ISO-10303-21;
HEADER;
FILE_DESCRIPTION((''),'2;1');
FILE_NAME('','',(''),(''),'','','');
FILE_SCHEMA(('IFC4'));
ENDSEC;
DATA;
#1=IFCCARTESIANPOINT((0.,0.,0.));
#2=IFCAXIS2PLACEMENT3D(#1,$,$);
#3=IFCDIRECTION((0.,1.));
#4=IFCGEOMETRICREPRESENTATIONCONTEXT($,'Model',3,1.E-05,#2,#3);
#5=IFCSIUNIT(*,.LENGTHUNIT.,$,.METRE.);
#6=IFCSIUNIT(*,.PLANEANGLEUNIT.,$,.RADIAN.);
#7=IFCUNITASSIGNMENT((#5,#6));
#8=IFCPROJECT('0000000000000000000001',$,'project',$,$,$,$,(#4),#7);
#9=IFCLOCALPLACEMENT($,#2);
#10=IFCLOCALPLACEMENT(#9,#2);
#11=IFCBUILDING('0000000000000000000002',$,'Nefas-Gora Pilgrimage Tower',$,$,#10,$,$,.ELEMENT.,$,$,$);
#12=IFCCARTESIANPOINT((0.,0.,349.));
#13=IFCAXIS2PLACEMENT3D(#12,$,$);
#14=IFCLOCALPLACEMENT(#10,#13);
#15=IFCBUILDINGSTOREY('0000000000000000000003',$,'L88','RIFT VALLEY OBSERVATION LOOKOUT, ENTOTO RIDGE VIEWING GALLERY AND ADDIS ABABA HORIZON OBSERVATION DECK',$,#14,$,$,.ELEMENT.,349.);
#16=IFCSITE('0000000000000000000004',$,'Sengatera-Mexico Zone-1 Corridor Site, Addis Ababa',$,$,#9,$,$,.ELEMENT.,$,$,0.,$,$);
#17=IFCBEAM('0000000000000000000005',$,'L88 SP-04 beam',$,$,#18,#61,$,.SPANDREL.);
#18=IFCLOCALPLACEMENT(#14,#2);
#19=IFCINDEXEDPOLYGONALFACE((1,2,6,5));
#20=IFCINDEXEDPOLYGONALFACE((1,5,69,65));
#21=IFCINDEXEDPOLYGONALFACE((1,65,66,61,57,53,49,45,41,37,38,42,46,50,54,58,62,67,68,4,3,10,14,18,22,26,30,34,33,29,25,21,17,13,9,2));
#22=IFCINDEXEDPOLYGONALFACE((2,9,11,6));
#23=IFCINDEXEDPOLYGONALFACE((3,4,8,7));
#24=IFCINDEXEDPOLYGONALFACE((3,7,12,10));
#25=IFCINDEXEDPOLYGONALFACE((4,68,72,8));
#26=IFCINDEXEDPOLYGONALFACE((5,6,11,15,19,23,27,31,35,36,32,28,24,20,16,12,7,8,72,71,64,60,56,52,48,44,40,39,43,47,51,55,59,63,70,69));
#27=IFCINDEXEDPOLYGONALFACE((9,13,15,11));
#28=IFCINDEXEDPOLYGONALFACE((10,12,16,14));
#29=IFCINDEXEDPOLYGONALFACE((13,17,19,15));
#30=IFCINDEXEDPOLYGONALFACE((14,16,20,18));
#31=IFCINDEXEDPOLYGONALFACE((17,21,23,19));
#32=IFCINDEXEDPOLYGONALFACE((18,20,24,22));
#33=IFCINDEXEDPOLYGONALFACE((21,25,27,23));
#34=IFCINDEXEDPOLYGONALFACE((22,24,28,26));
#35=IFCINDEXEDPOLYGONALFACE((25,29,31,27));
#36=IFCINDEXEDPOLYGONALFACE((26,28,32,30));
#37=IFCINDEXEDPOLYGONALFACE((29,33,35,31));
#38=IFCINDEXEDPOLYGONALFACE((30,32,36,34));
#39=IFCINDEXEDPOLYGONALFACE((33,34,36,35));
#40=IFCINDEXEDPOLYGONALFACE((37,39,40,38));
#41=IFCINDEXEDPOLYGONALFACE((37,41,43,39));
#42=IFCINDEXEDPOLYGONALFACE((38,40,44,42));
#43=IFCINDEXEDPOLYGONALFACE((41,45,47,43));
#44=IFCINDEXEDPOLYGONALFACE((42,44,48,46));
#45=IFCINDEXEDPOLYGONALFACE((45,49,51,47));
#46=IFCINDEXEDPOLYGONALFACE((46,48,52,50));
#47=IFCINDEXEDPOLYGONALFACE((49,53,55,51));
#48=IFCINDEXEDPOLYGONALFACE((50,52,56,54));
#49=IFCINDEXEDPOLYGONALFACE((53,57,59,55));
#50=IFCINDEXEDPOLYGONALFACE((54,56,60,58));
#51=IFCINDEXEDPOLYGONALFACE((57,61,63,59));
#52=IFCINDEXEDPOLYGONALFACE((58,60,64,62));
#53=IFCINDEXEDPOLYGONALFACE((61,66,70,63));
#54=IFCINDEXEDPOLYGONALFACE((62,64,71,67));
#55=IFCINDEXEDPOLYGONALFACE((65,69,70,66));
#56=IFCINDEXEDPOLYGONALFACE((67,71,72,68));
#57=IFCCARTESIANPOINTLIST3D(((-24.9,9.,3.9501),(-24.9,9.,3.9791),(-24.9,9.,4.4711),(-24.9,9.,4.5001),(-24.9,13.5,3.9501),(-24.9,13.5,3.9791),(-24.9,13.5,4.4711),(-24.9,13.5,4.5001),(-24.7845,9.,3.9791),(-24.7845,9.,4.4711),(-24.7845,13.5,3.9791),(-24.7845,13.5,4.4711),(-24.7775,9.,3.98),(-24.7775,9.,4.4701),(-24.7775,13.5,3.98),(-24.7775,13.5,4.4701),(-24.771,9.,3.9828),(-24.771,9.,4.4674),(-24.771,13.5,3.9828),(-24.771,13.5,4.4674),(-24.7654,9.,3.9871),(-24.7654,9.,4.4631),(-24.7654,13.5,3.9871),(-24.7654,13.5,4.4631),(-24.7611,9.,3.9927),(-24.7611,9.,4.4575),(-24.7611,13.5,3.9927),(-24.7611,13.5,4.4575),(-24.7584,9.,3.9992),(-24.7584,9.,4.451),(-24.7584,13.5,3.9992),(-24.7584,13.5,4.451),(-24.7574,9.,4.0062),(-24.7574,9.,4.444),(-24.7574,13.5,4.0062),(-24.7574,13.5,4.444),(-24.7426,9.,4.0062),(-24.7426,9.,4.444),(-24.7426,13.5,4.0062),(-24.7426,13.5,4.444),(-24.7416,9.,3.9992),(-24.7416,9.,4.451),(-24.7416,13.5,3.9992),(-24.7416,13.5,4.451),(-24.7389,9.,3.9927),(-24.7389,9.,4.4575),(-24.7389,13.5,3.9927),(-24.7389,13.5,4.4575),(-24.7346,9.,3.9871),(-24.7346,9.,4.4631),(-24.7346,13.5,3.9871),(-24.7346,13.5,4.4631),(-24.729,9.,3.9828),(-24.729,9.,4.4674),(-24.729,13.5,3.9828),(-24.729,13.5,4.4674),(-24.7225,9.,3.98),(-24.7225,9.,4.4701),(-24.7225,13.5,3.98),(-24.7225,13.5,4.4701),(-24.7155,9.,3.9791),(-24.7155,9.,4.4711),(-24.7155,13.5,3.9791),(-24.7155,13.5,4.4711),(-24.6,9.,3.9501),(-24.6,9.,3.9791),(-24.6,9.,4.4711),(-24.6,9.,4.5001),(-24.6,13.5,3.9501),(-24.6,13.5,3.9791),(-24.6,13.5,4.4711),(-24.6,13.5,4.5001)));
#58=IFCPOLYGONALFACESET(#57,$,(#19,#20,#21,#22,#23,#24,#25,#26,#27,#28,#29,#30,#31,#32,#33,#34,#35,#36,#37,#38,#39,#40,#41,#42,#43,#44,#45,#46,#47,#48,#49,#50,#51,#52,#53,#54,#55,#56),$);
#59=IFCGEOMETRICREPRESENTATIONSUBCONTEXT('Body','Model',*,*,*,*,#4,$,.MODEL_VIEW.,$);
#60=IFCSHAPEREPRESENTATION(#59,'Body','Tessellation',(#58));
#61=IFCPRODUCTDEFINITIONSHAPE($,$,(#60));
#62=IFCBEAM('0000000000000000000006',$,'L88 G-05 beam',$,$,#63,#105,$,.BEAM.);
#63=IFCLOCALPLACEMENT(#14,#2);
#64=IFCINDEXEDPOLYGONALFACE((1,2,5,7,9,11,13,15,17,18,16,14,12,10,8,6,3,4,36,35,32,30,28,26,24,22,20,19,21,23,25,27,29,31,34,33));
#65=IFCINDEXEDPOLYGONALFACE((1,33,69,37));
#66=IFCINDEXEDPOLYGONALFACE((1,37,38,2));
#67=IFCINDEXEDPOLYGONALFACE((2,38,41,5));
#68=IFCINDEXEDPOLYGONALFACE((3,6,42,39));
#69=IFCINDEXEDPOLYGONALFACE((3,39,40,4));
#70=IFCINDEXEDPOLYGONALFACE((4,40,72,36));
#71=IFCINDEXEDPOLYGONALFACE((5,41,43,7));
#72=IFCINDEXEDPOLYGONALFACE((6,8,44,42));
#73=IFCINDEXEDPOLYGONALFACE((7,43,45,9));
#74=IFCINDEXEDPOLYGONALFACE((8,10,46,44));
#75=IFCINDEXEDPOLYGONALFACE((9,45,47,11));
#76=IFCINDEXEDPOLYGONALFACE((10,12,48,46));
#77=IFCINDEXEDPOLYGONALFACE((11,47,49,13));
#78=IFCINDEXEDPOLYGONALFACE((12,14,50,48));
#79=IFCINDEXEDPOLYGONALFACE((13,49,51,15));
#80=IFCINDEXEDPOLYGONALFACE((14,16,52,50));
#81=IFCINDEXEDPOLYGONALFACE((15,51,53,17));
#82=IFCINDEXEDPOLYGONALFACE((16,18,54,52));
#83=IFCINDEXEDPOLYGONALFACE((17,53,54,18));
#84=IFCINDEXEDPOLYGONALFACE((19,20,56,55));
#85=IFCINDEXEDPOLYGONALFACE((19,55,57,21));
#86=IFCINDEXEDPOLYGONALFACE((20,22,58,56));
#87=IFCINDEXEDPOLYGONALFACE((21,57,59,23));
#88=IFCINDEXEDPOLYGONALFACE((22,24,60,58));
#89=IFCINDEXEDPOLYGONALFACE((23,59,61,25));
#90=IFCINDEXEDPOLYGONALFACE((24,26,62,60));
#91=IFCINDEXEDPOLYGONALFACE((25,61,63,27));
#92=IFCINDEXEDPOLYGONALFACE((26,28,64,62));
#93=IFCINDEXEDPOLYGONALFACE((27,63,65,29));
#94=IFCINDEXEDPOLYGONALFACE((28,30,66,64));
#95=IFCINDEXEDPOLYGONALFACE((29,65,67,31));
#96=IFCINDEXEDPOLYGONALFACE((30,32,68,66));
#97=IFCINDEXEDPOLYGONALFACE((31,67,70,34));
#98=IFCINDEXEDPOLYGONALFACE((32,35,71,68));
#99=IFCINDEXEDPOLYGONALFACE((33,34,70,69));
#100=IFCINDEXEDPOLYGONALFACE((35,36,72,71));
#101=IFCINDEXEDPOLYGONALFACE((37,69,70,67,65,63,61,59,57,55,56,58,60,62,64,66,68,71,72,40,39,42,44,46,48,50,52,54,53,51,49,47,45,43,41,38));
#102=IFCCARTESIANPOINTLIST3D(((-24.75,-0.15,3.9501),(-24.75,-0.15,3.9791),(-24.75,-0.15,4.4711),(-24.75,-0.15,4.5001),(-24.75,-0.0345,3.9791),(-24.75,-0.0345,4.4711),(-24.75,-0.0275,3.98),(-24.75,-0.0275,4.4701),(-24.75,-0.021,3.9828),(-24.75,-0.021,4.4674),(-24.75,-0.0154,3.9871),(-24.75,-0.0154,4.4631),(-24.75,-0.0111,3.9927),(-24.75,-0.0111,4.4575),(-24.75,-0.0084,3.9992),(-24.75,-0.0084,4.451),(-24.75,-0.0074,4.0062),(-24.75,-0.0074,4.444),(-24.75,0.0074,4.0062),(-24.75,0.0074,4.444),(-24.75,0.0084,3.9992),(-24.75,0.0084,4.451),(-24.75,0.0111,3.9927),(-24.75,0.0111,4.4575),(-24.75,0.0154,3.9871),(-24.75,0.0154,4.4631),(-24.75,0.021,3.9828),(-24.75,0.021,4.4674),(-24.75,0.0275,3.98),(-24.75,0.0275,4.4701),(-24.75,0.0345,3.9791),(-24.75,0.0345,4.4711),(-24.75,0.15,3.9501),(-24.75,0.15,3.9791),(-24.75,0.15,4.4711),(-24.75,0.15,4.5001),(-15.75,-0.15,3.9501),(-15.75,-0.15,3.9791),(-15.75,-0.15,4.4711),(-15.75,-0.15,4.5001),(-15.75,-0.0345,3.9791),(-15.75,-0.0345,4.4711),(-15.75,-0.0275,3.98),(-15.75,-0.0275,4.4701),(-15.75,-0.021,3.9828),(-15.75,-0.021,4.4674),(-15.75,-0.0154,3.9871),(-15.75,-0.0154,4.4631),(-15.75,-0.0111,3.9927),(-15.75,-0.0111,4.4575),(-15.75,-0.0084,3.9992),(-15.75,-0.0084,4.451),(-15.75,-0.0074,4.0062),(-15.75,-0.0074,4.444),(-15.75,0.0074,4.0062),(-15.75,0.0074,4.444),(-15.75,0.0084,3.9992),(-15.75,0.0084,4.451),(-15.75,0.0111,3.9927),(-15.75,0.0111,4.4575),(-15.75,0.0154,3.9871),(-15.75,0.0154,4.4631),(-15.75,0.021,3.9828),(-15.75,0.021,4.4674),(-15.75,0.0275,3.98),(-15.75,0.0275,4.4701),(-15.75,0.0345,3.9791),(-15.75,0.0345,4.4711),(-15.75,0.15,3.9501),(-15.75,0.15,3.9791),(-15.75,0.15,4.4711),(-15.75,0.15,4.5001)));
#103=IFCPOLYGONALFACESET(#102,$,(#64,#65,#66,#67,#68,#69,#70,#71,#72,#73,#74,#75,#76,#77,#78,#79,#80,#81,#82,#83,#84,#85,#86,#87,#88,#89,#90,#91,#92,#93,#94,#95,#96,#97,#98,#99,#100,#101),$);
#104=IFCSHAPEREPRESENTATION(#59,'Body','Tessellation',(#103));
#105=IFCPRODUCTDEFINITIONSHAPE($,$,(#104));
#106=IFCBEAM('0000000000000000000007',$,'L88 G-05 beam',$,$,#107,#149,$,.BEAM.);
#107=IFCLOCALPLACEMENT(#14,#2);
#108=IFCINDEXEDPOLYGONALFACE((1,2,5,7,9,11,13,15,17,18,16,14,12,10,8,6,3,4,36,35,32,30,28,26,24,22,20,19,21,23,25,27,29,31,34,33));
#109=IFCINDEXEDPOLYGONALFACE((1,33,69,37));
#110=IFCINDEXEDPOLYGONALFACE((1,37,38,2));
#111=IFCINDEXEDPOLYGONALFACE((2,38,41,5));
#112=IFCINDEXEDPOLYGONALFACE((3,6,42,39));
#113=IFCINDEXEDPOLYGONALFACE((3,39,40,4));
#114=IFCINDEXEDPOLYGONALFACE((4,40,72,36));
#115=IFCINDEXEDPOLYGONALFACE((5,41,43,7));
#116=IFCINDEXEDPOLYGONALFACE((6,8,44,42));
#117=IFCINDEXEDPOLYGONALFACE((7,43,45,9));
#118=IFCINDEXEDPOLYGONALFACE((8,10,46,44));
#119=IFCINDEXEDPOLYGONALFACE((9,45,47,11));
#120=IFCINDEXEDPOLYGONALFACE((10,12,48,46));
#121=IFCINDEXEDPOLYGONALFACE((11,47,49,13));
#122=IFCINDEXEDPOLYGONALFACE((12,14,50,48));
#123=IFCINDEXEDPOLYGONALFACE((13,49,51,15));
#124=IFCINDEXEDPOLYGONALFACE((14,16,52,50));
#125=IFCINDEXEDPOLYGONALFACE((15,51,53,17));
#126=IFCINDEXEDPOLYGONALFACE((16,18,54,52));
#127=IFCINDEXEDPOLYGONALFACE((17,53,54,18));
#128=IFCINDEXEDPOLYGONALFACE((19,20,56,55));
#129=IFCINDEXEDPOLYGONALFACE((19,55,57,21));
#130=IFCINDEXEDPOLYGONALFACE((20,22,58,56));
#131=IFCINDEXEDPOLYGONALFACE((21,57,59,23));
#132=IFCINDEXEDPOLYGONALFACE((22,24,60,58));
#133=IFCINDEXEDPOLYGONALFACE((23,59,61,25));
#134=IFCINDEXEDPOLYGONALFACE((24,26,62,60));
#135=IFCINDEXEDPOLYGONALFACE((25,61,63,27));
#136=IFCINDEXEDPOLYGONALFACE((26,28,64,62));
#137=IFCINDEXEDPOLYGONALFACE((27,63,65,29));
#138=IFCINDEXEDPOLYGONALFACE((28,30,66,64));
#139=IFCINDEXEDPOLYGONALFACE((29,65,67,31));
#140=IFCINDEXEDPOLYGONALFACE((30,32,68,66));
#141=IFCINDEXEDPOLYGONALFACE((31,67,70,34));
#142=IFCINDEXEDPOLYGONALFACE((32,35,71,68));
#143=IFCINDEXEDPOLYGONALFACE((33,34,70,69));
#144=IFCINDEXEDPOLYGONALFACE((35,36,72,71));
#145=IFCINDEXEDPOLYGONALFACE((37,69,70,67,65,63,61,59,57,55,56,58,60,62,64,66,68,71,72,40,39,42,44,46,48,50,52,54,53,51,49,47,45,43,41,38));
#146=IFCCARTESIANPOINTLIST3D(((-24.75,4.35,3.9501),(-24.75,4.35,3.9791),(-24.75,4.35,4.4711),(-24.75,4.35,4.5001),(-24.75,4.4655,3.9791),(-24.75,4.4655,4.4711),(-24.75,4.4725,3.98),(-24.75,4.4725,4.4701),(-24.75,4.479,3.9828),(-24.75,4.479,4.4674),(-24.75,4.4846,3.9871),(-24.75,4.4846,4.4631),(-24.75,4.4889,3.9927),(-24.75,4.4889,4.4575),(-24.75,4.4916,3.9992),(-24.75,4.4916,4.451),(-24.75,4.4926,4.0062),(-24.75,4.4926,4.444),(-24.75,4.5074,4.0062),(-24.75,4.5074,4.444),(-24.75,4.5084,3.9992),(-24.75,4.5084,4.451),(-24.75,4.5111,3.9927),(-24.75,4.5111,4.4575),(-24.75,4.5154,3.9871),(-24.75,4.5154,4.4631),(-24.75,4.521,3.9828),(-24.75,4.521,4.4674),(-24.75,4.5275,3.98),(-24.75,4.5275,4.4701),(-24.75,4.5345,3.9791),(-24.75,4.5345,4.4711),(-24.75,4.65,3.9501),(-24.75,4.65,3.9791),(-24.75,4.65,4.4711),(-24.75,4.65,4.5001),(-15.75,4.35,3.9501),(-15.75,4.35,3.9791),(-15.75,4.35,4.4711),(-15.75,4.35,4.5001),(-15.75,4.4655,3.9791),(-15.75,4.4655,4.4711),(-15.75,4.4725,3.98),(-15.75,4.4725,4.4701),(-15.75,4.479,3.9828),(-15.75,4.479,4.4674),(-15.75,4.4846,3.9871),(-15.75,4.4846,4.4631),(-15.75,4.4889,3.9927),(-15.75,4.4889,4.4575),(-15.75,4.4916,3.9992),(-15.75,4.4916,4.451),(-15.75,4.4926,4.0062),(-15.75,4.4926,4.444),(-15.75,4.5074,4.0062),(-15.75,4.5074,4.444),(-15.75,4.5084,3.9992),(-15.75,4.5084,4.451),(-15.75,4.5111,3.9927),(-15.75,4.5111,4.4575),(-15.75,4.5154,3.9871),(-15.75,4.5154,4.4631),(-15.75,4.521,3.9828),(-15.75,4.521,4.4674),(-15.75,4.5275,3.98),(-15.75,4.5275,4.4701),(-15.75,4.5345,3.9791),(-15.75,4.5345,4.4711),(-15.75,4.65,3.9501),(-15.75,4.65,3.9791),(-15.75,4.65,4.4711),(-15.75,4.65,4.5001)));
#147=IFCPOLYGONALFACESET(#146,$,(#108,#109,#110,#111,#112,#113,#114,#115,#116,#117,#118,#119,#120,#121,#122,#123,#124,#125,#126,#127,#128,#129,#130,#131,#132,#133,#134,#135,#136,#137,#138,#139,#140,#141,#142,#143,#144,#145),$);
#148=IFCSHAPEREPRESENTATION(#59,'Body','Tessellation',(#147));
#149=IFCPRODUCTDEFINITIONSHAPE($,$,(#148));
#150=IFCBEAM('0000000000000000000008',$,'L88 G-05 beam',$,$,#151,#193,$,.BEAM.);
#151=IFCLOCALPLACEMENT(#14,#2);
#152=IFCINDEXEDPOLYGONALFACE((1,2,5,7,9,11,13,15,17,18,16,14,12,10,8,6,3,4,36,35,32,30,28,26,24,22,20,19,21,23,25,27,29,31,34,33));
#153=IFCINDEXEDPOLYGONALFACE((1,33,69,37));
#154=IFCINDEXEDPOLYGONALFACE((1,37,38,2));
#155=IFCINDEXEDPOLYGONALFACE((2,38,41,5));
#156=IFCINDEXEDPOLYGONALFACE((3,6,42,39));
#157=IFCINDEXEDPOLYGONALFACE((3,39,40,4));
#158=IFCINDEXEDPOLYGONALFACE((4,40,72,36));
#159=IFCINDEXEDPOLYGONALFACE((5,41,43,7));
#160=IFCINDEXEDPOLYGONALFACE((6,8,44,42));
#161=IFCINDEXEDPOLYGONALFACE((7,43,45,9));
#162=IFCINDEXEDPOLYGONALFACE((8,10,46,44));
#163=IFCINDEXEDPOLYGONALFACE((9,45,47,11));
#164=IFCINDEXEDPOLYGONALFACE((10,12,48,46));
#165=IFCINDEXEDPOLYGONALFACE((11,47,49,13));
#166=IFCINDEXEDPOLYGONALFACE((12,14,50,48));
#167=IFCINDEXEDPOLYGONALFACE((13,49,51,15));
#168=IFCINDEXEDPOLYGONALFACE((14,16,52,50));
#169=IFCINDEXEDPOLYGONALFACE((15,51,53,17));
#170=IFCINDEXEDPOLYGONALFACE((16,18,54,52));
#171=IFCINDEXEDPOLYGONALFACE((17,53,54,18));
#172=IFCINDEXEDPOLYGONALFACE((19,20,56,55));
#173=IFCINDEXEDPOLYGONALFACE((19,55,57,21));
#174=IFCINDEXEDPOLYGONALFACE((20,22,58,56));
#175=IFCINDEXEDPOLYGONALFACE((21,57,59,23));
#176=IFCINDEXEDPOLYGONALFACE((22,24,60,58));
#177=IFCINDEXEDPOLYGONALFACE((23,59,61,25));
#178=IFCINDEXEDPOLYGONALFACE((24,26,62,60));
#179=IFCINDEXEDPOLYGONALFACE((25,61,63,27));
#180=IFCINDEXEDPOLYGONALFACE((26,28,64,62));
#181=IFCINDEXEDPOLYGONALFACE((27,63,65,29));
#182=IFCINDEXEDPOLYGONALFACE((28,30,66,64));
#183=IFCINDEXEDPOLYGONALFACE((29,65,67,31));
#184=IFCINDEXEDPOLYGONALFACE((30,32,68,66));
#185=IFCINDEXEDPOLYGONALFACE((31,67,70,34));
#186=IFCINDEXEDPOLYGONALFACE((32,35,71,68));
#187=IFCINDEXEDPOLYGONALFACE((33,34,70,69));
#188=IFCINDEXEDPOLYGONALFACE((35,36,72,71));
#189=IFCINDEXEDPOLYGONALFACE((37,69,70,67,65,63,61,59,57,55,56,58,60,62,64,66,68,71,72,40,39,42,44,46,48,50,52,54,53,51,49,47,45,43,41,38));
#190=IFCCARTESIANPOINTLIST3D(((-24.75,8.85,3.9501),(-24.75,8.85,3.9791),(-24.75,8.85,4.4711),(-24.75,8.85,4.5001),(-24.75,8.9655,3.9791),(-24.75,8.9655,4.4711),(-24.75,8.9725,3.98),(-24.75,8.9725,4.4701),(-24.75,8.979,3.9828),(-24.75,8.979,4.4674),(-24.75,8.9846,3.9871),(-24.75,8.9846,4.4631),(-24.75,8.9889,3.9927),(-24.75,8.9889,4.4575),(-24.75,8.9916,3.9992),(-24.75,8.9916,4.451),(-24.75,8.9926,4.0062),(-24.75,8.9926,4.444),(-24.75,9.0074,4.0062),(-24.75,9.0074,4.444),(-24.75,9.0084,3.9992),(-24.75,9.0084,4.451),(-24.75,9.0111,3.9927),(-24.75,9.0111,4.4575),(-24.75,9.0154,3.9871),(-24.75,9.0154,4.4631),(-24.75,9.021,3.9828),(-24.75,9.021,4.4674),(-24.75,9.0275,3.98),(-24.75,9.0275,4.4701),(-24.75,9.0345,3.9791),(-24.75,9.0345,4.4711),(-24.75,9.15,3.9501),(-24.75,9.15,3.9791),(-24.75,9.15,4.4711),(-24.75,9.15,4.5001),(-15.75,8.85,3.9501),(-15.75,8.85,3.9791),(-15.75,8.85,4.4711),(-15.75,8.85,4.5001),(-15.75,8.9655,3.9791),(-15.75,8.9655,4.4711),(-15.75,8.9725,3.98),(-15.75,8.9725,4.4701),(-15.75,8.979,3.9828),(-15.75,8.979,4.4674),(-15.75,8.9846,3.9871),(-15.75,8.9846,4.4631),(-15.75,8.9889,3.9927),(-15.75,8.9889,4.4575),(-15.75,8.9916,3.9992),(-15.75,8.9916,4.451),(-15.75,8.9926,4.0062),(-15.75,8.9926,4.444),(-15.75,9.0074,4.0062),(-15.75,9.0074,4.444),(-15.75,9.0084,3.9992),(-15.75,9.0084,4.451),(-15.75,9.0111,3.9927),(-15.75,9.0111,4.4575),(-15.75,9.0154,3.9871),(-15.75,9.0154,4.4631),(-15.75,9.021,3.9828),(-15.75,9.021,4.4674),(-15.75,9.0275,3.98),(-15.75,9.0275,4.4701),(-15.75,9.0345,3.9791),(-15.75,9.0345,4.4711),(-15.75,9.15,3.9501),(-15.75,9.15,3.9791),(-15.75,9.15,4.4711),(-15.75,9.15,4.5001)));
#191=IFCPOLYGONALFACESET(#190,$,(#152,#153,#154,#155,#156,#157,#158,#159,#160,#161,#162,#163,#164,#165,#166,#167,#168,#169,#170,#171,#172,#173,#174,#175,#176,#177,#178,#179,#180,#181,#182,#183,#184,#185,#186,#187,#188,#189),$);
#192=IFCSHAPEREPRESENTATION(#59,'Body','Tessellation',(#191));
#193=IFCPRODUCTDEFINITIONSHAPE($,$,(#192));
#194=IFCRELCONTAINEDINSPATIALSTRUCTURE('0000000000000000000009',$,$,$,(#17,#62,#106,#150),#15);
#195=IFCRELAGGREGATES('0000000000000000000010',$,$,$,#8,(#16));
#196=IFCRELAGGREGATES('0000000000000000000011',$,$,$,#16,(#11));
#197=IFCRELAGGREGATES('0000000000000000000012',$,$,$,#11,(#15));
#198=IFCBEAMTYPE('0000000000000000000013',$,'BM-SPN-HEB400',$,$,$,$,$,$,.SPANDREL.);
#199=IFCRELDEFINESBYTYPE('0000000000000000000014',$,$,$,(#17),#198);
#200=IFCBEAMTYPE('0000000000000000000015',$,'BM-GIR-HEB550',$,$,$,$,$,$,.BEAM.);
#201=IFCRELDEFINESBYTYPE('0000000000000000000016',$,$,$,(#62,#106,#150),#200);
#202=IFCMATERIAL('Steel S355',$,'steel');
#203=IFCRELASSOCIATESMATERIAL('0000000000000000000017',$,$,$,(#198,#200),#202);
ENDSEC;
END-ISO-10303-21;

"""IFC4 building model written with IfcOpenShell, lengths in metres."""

from ifc_helpers import new_model, si_unit, direction, frame, origin, origin_2d, place, context, subcontext, project, spatial, i_section, extrude, source, transform, mapped, material, material_profile, profile_set, type_object, element, save


model = new_model("IFC4")

# Units and contexts
model_context = context("Model", 3, precision=1e-05, world=origin(), true_north=direction((0.0, 1.0)))
body_context = subcontext(model_context, "Body", "Model", "MODEL_VIEW")
ifc_project = project(units=[si_unit("LENGTHUNIT", "METRE"), si_unit("PLANEANGLEUNIT", "RADIAN")], contexts=[model_context])

# Site, building, storey
site_placement = place(None, origin())
site = spatial("IfcSite", under=ifc_project, at=site_placement, Name="Sengatera-Mexico Zone-1 Corridor Site, Addis Ababa", CompositionType="ELEMENT", RefElevation=0.0)
building_placement = place(site_placement, origin())
building = spatial("IfcBuilding", under=site, at=building_placement, Name="Nefas-Gora Pilgrimage Tower", CompositionType="ELEMENT")
storey_placement = place(building_placement, frame((0.0, 0.0, 349.0)))
storey = spatial("IfcBuildingStorey", under=building, at=storey_placement, Name="L88", Description="RIFT VALLEY OBSERVATION LOOKOUT, ENTOTO RIDGE VIEWING GALLERY AND ADDIS ABABA HORIZON OBSERVATION DECK", CompositionType="ELEMENT", Elevation=349.0)

# Shared definitions
ifc_material_1 = material(Name="Steel S355", Category="steel")

# Beams
ifc_material_profile_1 = material_profile(ifc_material_1, i_section(OverallWidth=0.3, OverallDepth=0.55, WebThickness=0.0149, FlangeThickness=0.0291, FilletRadius=0.0271, at=origin_2d()), Name="HEB 550")
ifc_profile_set_1 = profile_set([ifc_material_profile_1], Name="Steel S355")
beam_type_1 = type_object("IfcBeamType", Name="BM-SPN-HEB400", PredefinedType="SPANDREL", material=ifc_profile_set_1)
shared_shape_1 = source(origin(), body_context, "Body", "SweptSolid", [
    extrude(i_section(OverallWidth=0.3, OverallDepth=0.55, WebThickness=0.0149, FlangeThickness=0.0291, FilletRadius=0.0271, at=origin_2d()), origin(), (0.0, 0.0, 1.0), 4.5),
])
for number, where, z_axis, x_axis, name in (
    (1, (-24.75, 9.0, 4.2251), (0.0, 1.0, 0.0), (-1.0, 0.0, 0.0), "L88 SP-04 beam"),
):
    element("IfcBeam", number, at=place(storey_placement, frame(where, z_axis=z_axis, x_axis=x_axis)), inside=storey, type_object=beam_type_1, Name=name, PredefinedType="SPANDREL", context=body_context, shape_type="MappedRepresentation", body=[
        mapped(shared_shape_1, transform((0.0, 0.0, 0.0), x_axis=(1.0, 0.0, 0.0), y_axis=(0.0, 1.0, 0.0), z_axis=(0.0, 0.0, 1.0), scale=1.0)),
    ])
ifc_material_profile_2 = material_profile(ifc_material_1, i_section(OverallWidth=0.3, OverallDepth=0.55, WebThickness=0.0149, FlangeThickness=0.0291, FilletRadius=0.0271, at=origin_2d()), Name="HEB 550")
ifc_profile_set_2 = profile_set([ifc_material_profile_2], Name="Steel S355")
beam_type_2 = type_object("IfcBeamType", Name="BM-GIR-HEB550", PredefinedType="BEAM", material=ifc_profile_set_2)
shared_shape_2 = source(origin(), body_context, "Body", "SweptSolid", [
    extrude(i_section(OverallWidth=0.3, OverallDepth=0.55, WebThickness=0.0149, FlangeThickness=0.0291, FilletRadius=0.0271, at=origin_2d()), origin(), (0.0, 0.0, 1.0), 9.0),
])
for number, where, z_axis, x_axis, name in (
    (2, (-24.75, 0.0, 4.2251), (1.0, 0.0, 0.0), (0.0, 1.0, 0.0), "L88 G-05 beam"),
    (3, (-24.75, 4.5, 4.2251), (1.0, 0.0, 0.0), (0.0, 1.0, 0.0), "L88 G-05 beam"),
    (4, (-24.75, 9.0, 4.2251), (1.0, 0.0, 0.0), (0.0, 1.0, 0.0), "L88 G-05 beam"),
):
    element("IfcBeam", number, at=place(storey_placement, frame(where, z_axis=z_axis, x_axis=x_axis)), inside=storey, type_object=beam_type_2, Name=name, PredefinedType="BEAM", context=body_context, shape_type="MappedRepresentation", body=[
        mapped(shared_shape_2, transform((0.0, 0.0, 0.0), x_axis=(1.0, 0.0, 0.0), y_axis=(0.0, 1.0, 0.0), z_axis=(0.0, 0.0, 1.0), scale=1.0)),
    ])

save(model, "model.ifc")
